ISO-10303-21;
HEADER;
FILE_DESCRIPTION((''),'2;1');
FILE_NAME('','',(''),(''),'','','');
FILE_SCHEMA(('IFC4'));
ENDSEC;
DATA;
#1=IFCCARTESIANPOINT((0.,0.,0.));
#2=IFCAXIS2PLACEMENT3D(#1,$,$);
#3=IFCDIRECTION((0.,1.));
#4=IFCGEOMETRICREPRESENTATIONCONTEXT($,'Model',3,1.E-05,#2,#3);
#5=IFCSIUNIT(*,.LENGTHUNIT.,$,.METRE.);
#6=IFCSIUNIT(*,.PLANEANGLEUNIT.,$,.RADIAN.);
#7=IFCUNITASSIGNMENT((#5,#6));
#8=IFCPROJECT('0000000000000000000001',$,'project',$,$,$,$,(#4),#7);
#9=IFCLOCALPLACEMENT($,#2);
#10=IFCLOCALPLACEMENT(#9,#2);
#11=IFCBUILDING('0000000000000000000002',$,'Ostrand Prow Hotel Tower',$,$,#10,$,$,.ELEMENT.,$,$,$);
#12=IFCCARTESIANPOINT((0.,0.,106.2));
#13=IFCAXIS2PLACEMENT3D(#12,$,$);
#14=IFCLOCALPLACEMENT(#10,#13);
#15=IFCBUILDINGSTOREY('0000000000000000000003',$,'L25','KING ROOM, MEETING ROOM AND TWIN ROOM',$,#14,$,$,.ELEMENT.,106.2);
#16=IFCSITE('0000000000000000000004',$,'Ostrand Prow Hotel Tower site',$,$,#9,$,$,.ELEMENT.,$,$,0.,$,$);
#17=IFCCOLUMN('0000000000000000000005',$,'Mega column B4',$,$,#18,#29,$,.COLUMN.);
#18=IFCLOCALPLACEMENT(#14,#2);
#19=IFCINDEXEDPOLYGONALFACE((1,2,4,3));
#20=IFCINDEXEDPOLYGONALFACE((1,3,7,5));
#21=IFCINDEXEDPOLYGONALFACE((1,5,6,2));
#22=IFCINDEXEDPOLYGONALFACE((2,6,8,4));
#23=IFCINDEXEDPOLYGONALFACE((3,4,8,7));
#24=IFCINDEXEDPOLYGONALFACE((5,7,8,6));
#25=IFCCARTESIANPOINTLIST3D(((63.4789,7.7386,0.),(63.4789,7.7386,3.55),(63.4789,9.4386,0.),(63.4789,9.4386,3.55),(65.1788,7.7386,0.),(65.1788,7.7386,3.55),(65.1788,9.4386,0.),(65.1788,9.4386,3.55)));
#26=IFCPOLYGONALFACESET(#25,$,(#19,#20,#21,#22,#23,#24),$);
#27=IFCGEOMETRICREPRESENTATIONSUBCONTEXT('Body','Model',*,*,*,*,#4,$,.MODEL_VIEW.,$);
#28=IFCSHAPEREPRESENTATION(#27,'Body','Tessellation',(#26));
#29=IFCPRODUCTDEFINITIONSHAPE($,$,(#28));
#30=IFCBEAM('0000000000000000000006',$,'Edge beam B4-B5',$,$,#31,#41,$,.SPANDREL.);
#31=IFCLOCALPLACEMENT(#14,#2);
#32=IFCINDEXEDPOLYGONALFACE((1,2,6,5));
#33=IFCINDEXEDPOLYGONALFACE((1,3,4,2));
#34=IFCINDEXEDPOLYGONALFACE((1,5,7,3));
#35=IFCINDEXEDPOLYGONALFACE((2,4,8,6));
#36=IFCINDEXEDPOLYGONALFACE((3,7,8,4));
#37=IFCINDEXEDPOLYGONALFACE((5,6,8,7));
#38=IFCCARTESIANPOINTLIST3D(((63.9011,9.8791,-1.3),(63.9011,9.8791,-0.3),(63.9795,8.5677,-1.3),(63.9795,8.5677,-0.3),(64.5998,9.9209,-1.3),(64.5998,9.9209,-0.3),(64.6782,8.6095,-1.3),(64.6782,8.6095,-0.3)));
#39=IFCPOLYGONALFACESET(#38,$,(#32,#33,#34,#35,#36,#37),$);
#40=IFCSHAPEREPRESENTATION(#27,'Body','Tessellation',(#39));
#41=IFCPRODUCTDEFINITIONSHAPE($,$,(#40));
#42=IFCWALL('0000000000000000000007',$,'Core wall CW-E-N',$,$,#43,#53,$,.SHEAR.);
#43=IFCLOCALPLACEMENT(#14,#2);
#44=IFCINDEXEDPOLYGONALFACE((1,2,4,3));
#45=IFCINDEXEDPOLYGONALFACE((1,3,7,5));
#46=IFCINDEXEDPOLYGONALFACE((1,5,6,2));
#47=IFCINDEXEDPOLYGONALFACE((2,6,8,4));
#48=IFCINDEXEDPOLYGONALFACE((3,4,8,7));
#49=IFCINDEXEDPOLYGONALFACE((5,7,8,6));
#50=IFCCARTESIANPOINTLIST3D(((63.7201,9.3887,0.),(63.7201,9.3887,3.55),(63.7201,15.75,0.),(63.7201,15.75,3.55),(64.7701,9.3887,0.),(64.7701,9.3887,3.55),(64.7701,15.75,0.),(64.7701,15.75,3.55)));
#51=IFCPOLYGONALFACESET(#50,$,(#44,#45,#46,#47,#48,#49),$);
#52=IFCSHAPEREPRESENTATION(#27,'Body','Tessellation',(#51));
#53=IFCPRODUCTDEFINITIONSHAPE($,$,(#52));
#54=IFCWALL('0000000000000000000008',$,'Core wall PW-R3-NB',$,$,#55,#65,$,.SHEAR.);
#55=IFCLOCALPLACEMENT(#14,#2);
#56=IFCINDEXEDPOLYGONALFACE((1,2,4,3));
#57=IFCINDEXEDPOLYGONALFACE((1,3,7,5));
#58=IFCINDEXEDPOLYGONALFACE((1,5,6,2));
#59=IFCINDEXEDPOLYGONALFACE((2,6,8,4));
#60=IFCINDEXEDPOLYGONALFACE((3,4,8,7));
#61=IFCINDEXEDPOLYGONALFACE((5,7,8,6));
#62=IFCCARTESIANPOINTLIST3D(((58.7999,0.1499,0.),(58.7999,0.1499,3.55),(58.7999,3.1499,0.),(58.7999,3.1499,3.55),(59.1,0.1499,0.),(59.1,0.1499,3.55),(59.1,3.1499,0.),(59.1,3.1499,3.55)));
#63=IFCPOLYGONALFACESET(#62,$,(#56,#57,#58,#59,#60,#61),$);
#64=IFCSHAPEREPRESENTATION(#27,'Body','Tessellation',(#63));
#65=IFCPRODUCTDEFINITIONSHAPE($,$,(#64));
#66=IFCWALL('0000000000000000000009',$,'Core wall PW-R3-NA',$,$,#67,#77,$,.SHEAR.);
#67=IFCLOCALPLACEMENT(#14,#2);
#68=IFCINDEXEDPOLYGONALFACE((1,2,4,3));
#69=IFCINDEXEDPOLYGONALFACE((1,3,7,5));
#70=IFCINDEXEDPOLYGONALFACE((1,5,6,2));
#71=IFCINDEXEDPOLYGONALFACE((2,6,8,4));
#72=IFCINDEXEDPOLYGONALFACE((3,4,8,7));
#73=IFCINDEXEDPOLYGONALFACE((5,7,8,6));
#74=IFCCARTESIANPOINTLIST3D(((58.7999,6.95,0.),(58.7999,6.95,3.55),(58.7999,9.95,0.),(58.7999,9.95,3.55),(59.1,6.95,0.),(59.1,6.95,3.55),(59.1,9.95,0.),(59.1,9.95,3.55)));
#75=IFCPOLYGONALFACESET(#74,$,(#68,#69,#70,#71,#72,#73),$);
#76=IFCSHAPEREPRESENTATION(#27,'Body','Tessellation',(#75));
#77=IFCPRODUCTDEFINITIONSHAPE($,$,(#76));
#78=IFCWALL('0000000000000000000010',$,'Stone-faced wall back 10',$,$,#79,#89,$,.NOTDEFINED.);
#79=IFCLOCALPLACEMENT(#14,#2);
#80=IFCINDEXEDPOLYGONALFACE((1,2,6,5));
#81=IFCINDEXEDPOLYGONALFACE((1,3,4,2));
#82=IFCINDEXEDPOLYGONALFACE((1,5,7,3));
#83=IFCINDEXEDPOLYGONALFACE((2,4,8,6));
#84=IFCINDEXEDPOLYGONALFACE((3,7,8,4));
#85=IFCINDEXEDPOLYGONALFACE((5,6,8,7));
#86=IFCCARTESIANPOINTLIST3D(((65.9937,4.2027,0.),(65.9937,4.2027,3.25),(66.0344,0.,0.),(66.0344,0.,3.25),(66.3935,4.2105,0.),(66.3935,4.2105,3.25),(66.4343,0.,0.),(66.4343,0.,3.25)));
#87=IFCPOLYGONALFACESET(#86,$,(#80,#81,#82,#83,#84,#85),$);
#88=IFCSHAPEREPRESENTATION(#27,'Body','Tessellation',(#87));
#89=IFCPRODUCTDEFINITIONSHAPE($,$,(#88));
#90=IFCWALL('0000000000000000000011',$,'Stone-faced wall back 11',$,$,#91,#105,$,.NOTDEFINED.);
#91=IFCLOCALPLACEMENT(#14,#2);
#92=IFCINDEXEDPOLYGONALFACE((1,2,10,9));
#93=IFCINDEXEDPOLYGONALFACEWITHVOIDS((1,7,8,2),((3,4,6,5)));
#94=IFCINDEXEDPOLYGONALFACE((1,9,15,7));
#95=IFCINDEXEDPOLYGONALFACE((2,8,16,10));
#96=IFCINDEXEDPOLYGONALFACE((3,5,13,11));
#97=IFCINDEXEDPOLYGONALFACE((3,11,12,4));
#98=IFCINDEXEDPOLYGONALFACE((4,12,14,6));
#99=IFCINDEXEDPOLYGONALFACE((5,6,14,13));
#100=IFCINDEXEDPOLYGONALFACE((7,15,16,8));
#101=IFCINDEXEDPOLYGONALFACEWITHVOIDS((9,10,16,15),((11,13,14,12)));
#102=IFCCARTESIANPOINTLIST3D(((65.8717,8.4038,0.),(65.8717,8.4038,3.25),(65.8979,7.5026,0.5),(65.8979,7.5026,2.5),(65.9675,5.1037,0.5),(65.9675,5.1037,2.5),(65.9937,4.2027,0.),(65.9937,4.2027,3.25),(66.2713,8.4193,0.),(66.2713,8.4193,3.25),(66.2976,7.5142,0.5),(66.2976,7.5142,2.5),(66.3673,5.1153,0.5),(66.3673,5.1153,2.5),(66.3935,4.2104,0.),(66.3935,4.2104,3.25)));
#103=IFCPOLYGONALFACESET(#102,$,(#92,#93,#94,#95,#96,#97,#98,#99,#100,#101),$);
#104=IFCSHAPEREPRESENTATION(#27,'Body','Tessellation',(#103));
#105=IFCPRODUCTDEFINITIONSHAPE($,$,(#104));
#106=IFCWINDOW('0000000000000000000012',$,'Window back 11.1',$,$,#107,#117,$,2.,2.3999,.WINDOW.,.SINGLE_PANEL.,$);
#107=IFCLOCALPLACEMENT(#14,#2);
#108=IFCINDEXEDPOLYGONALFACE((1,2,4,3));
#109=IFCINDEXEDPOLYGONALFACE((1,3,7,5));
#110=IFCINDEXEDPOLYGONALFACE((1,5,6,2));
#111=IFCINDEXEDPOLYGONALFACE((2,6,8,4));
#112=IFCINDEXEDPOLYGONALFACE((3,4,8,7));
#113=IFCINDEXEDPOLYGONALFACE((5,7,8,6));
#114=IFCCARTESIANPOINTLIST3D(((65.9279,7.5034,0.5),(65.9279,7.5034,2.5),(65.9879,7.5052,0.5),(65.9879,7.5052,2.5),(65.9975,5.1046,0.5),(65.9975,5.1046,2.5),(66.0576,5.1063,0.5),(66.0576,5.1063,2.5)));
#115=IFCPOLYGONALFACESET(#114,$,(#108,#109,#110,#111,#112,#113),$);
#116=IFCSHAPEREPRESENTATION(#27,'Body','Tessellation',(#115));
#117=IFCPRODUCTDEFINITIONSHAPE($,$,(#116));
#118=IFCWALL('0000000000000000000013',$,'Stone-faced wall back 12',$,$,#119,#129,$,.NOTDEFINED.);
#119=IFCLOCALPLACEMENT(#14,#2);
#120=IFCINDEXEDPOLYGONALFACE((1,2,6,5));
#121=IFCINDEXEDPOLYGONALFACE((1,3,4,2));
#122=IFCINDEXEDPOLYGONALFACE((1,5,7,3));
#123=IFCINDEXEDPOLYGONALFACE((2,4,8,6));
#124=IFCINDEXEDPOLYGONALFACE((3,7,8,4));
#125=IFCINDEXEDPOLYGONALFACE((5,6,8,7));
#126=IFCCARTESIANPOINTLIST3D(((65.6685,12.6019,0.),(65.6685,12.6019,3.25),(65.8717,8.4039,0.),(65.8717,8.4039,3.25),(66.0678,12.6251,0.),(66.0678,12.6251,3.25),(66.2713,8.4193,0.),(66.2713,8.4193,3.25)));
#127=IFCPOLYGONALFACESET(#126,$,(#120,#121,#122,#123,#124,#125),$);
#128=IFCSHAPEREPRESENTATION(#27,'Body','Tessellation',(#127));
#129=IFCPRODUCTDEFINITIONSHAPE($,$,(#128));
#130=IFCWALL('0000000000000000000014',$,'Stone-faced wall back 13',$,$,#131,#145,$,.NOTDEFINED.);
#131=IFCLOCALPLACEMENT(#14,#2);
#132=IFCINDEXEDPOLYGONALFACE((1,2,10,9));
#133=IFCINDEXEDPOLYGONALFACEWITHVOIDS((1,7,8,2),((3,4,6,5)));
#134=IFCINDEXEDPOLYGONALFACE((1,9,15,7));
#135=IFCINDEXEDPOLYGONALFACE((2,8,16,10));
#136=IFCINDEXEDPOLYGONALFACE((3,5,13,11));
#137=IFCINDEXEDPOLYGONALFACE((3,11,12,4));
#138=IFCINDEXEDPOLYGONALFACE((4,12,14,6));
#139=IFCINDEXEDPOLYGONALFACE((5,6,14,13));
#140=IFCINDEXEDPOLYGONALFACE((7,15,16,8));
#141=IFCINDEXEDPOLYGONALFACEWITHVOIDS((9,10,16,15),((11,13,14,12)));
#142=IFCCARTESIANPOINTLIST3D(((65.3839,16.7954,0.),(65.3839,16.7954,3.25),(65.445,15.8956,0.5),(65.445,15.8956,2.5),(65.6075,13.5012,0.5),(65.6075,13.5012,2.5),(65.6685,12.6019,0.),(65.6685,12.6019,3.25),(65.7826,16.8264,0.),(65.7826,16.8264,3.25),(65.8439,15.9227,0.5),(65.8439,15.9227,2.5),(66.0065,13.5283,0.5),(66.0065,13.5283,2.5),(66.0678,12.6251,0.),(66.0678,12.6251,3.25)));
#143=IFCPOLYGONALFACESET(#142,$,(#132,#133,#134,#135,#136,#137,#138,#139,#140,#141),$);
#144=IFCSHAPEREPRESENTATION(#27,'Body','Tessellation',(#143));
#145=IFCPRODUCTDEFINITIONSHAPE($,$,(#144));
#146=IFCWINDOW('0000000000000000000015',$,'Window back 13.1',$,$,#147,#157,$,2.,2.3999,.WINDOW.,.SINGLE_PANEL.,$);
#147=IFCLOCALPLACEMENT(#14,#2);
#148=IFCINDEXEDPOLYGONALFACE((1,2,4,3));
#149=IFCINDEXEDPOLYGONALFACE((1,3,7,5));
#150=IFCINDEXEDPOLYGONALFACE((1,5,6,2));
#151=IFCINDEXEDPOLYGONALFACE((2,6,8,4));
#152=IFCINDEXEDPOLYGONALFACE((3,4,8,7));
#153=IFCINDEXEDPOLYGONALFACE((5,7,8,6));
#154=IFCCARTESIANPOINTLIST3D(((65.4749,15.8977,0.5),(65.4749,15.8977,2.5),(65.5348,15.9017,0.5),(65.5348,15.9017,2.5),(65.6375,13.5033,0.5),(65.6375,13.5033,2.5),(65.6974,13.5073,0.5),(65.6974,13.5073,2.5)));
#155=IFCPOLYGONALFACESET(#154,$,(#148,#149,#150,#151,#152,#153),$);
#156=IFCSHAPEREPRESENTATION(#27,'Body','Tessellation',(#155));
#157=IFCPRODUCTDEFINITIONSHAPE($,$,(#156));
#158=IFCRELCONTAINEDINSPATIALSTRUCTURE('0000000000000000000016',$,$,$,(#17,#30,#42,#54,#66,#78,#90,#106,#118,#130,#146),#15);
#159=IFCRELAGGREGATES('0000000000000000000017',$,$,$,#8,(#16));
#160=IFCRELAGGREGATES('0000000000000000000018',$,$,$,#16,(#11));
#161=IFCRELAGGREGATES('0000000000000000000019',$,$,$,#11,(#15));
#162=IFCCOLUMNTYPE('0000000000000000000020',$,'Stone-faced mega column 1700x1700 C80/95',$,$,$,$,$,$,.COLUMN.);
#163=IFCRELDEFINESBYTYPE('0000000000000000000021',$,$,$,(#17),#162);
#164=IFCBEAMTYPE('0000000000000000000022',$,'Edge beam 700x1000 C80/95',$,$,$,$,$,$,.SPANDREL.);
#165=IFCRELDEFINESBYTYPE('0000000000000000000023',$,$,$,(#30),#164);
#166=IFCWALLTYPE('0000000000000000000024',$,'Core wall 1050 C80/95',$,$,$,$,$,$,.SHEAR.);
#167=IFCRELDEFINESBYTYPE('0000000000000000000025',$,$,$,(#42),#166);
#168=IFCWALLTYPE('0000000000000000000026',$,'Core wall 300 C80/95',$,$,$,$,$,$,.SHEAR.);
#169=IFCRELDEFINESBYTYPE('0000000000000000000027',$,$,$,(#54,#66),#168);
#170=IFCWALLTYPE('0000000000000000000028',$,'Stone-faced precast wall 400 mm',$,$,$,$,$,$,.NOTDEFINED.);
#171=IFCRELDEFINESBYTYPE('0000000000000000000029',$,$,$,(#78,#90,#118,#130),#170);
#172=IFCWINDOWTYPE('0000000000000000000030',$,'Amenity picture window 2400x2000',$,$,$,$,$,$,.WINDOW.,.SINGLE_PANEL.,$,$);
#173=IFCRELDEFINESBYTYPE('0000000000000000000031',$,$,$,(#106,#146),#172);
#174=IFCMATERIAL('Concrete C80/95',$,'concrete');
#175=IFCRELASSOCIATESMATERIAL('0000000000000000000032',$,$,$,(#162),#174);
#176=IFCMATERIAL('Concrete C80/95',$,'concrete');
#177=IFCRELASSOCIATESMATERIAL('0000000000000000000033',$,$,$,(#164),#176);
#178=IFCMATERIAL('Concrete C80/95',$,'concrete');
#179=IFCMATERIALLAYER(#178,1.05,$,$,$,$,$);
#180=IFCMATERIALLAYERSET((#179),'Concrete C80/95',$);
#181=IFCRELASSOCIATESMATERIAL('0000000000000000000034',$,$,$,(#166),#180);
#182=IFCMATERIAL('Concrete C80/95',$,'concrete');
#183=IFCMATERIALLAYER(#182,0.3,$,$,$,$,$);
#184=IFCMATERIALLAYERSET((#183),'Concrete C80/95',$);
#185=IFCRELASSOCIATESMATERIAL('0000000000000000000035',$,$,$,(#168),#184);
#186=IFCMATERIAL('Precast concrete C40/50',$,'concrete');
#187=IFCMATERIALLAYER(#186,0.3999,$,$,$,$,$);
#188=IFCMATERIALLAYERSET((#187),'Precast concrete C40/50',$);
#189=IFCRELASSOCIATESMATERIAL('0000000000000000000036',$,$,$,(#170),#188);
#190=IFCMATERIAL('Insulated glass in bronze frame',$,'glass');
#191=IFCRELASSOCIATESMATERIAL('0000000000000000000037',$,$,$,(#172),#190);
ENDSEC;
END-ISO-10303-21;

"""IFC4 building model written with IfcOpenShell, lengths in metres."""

from ifc_helpers import new_model, si_unit, direction, frame, frame_2d, origin, origin_2d, place, context, subcontext, project, spatial, polyline, rectangle, outline, extrude, material, layer, layer_set, material_profile, profile_set, type_object, element, fill, save


model = new_model("IFC4")

# Units and contexts
model_context = context("Model", 3, precision=1e-05, world=origin(), true_north=direction((0.0, 1.0)))
body_context = subcontext(model_context, "Body", "Model", "MODEL_VIEW")
ifc_project = project(units=[si_unit("LENGTHUNIT", "METRE"), si_unit("PLANEANGLEUNIT", "RADIAN")], contexts=[model_context])

# Site, building, storey
site_placement = place(None, origin())
site = spatial("IfcSite", under=ifc_project, at=site_placement, Name="Ostrand Prow Hotel Tower site", CompositionType="ELEMENT", RefElevation=0.0)
building_placement = place(site_placement, origin())
building = spatial("IfcBuilding", under=site, at=building_placement, Name="Ostrand Prow Hotel Tower", CompositionType="ELEMENT")
storey_placement = place(building_placement, frame((0.0, 0.0, 106.2)))
storey = spatial("IfcBuildingStorey", under=building, at=storey_placement, Name="L25", Description="KING ROOM, MEETING ROOM AND TWIN ROOM", CompositionType="ELEMENT", Elevation=106.2)

# Column
ifc_material_1 = material(Name="Concrete C80/95", Category="concrete")
ifc_material_profile_1 = material_profile(ifc_material_1, rectangle(XDim=1.7, YDim=1.7, at=origin_2d()), Name="RC 1700x1700")
ifc_profile_set_1 = profile_set([ifc_material_profile_1], Name="Concrete C80/95")
column_type = type_object("IfcColumnType", Name="Stone-faced mega column 1700x1700 C80/95", PredefinedType="COLUMN", material=ifc_profile_set_1)
column_placement = place(storey_placement, frame((64.3289, 8.5886, 0.0), z_axis=(0.0, 0.0, 1.0), x_axis=(1.0, 0.0, 0.0)))
element("IfcColumn", 1, at=column_placement, inside=storey, type_object=column_type, Name="Mega column B4", PredefinedType="COLUMN", context=body_context, shape_type="SweptSolid", body=[
    extrude(rectangle(XDim=1.7, YDim=1.7, at=origin_2d()), origin(), (0.0, 0.0, 1.0), 3.55),
])

# Beam
ifc_material_2 = material(Name="Concrete C80/95", Category="concrete")
ifc_material_profile_2 = material_profile(ifc_material_2, rectangle(XDim=0.7, YDim=1.0, at=origin_2d()), Name="RC 700x1000")
ifc_profile_set_2 = profile_set([ifc_material_profile_2], Name="Concrete C80/95")
beam_type = type_object("IfcBeamType", Name="Edge beam 700x1000 C80/95", PredefinedType="SPANDREL", material=ifc_profile_set_2)
beam_placement = place(storey_placement, frame((64.3289, 8.5886, -0.8), z_axis=(-0.059659, 0.998219, 0.0), x_axis=(-0.998219, -0.059659, 0.0)))
element("IfcBeam", 2, at=beam_placement, inside=storey, type_object=beam_type, Name="Edge beam B4-B5", PredefinedType="SPANDREL", context=body_context, shape_type="SweptSolid", body=[
    extrude(rectangle(XDim=0.7, YDim=1.0, at=origin_2d()), origin(), (0.0, 0.0, 1.0), 1.3137),
])

# Walls
ifc_material_3 = material(Name="Concrete C80/95", Category="concrete")
ifc_layer_1 = layer(ifc_material_3, 1.05)
ifc_layer_set_1 = layer_set([ifc_layer_1], Name="Concrete C80/95")
wall_type_1 = type_object("IfcWallType", Name="Core wall 1050 C80/95", PredefinedType="SHEAR", material=ifc_layer_set_1)
wall_1_placement = place(storey_placement, frame((64.2451, 9.3887, 0.0), z_axis=(0.0, 0.0, 1.0), x_axis=(0.0, 1.0, 0.0)))
element("IfcWall", 3, at=wall_1_placement, inside=storey, type_object=wall_type_1, Name="Core wall CW-E-N", PredefinedType="SHEAR", context=body_context, shape_type="SweptSolid", body=[
    extrude(rectangle(XDim=6.3613, YDim=1.05, at=frame_2d((3.1807, 0.0))), origin(), (0.0, 0.0, 1.0), 3.55),
])
ifc_material_4 = material(Name="Concrete C80/95", Category="concrete")
ifc_layer_2 = layer(ifc_material_4, 0.3)
ifc_layer_set_2 = layer_set([ifc_layer_2], Name="Concrete C80/95")
wall_type_2 = type_object("IfcWallType", Name="Core wall 300 C80/95", PredefinedType="SHEAR", material=ifc_layer_set_2)
for number, where, z_axis, x_axis, name in (
    (4, (58.95, 0.1499, 0.0), (0.0, 0.0, 1.0), (0.0, 1.0, 0.0), "Core wall PW-R3-NB"),
    (5, (58.95, 6.95, 0.0), (0.0, 0.0, 1.0), (0.0, 1.0, 0.0), "Core wall PW-R3-NA"),
):
    element("IfcWall", number, at=place(storey_placement, frame(where, z_axis=z_axis, x_axis=x_axis)), inside=storey, type_object=wall_type_2, Name=name, PredefinedType="SHEAR", context=body_context, shape_type="SweptSolid", body=[
        extrude(rectangle(XDim=3.0, YDim=0.3, at=frame_2d((1.5, 0.0))), origin(), (0.0, 0.0, 1.0), 3.55),
    ])
ifc_material_5 = material(Name="Precast concrete C40/50", Category="concrete")
ifc_layer_3 = layer(ifc_material_5, 0.3999)
ifc_layer_set_3 = layer_set([ifc_layer_3], Name="Precast concrete C40/50")
wall_type_3 = type_object("IfcWallType", Name="Stone-faced precast wall 400 mm", PredefinedType="NOTDEFINED", material=ifc_layer_set_3)
wall_2_placement = place(storey_placement, frame((66.2344, 0.0, 0.0), z_axis=(0.0, 0.0, 1.0), x_axis=(-0.009692, 0.999953, 0.0)))
element("IfcWall", 6, at=wall_2_placement, inside=storey, type_object=wall_type_3, Name="Stone-faced wall back 10", PredefinedType="NOTDEFINED", context=body_context, shape_type="SweptSolid", body=[
    extrude(outline(polyline([(-0.002, -0.2), (4.2087, -0.2), (4.2048, 0.2), (0.002, 0.2), (-0.002, -0.2)])), origin(), (0.0, 0.0, 1.0), 3.25),
])

# Wall, opening, window
wall_3_placement = place(storey_placement, frame((66.1936, 4.2065, 0.0), z_axis=(0.0, 0.0, 1.0), x_axis=(-0.029017, 0.999579, 0.0)))
wall_3 = element("IfcWall", 7, at=wall_3_placement, inside=storey, type_object=wall_type_3, Name="Stone-faced wall back 11", PredefinedType="NOTDEFINED", context=body_context, shape_type="SweptSolid", body=[
    extrude(outline(polyline([(-0.002, -0.2), (4.2087, -0.2), (4.2048, 0.2), (0.002, 0.2), (-0.002, -0.2)])), origin(), (0.0, 0.0, 1.0), 3.25),
])
opening_1_placement = place(wall_3_placement, frame((0.9033, 0.0, 0.5)))
opening_1 = element("IfcOpeningElement", 8, at=opening_1_placement, cuts=wall_3, PredefinedType="OPENING", context=body_context, shape_type="SweptSolid", body=[
    extrude(rectangle(XDim=2.3999, YDim=2.0, at=frame_2d((1.2, 1.0))), frame((0.0, 0.21, 0.0), z_axis=(0.0, -1.0, 0.0), x_axis=(1.0, 0.0, 0.0)), (0.0, 0.0, 1.0), 0.4199),
])
ifc_material_6 = material(Name="Insulated glass in bronze frame", Category="glass")
window_type = type_object("IfcWindowType", Name="Amenity picture window 2400x2000", PartitioningType="SINGLE_PANEL", PredefinedType="WINDOW", material=ifc_material_6)
window_1_placement = place(opening_1_placement, origin())
window_1 = element("IfcWindow", 9, at=window_1_placement, inside=storey, type_object=window_type, Name="Window back 11.1", OverallHeight=2.0, OverallWidth=2.3999, PartitioningType="SINGLE_PANEL", PredefinedType="WINDOW", context=body_context, shape_type="SweptSolid", body=[
    extrude(rectangle(XDim=2.3999, YDim=2.0, at=frame_2d((1.2, 1.0))), frame((0.0, 0.1699, 0.0), z_axis=(0.0, -1.0, 0.0), x_axis=(1.0, 0.0, 0.0)), (0.0, 0.0, 1.0), 0.0601),
])
fill(opening_1, window_1)

# Wall
wall_4_placement = place(storey_placement, frame((66.0715, 8.4116, 0.0), z_axis=(0.0, 0.0, 1.0), x_axis=(-0.048343, 0.998831, 0.0)))
element("IfcWall", 10, at=wall_4_placement, inside=storey, type_object=wall_type_3, Name="Stone-faced wall back 12", PredefinedType="NOTDEFINED", context=body_context, shape_type="SweptSolid", body=[
    extrude(outline(polyline([(-0.002, -0.2), (4.2087, -0.2), (4.2048, 0.2), (0.002, 0.2), (-0.002, -0.2)])), origin(), (0.0, 0.0, 1.0), 3.25),
])

# Wall, opening, window
wall_5_placement = place(storey_placement, frame((65.8682, 12.6135, 0.0), z_axis=(0.0, 0.0, 1.0), x_axis=(-0.067725, 0.997704, 0.0)))
wall_5 = element("IfcWall", 11, at=wall_5_placement, inside=storey, type_object=wall_type_3, Name="Stone-faced wall back 13", PredefinedType="NOTDEFINED", context=body_context, shape_type="SweptSolid", body=[
    extrude(outline(polyline([(-0.002, -0.2), (4.209, -0.2), (4.2051, 0.2), (0.002, 0.2), (-0.002, -0.2)])), origin(), (0.0, 0.0, 1.0), 3.25),
])
opening_2_placement = place(wall_5_placement, frame((0.9033, 0.0, 0.5)))
opening_2 = element("IfcOpeningElement", 12, at=opening_2_placement, cuts=wall_5, PredefinedType="OPENING", context=body_context, shape_type="SweptSolid", body=[
    extrude(rectangle(XDim=2.3999, YDim=2.0, at=frame_2d((1.2, 1.0))), frame((0.0, 0.21, 0.0), z_axis=(0.0, -1.0, 0.0), x_axis=(1.0, 0.0, 0.0)), (0.0, 0.0, 1.0), 0.4199),
])
window_2_placement = place(opening_2_placement, origin())
window_2 = element("IfcWindow", 13, at=window_2_placement, inside=storey, type_object=window_type, Name="Window back 13.1", OverallHeight=2.0, OverallWidth=2.3999, PartitioningType="SINGLE_PANEL", PredefinedType="WINDOW", context=body_context, shape_type="SweptSolid", body=[
    extrude(rectangle(XDim=2.3999, YDim=2.0, at=frame_2d((1.2, 1.0))), frame((0.0, 0.1699, 0.0), z_axis=(0.0, -1.0, 0.0), x_axis=(1.0, 0.0, 0.0)), (0.0, 0.0, 1.0), 0.0601),
])
fill(opening_2, window_2)

save(model, "model.ifc")
